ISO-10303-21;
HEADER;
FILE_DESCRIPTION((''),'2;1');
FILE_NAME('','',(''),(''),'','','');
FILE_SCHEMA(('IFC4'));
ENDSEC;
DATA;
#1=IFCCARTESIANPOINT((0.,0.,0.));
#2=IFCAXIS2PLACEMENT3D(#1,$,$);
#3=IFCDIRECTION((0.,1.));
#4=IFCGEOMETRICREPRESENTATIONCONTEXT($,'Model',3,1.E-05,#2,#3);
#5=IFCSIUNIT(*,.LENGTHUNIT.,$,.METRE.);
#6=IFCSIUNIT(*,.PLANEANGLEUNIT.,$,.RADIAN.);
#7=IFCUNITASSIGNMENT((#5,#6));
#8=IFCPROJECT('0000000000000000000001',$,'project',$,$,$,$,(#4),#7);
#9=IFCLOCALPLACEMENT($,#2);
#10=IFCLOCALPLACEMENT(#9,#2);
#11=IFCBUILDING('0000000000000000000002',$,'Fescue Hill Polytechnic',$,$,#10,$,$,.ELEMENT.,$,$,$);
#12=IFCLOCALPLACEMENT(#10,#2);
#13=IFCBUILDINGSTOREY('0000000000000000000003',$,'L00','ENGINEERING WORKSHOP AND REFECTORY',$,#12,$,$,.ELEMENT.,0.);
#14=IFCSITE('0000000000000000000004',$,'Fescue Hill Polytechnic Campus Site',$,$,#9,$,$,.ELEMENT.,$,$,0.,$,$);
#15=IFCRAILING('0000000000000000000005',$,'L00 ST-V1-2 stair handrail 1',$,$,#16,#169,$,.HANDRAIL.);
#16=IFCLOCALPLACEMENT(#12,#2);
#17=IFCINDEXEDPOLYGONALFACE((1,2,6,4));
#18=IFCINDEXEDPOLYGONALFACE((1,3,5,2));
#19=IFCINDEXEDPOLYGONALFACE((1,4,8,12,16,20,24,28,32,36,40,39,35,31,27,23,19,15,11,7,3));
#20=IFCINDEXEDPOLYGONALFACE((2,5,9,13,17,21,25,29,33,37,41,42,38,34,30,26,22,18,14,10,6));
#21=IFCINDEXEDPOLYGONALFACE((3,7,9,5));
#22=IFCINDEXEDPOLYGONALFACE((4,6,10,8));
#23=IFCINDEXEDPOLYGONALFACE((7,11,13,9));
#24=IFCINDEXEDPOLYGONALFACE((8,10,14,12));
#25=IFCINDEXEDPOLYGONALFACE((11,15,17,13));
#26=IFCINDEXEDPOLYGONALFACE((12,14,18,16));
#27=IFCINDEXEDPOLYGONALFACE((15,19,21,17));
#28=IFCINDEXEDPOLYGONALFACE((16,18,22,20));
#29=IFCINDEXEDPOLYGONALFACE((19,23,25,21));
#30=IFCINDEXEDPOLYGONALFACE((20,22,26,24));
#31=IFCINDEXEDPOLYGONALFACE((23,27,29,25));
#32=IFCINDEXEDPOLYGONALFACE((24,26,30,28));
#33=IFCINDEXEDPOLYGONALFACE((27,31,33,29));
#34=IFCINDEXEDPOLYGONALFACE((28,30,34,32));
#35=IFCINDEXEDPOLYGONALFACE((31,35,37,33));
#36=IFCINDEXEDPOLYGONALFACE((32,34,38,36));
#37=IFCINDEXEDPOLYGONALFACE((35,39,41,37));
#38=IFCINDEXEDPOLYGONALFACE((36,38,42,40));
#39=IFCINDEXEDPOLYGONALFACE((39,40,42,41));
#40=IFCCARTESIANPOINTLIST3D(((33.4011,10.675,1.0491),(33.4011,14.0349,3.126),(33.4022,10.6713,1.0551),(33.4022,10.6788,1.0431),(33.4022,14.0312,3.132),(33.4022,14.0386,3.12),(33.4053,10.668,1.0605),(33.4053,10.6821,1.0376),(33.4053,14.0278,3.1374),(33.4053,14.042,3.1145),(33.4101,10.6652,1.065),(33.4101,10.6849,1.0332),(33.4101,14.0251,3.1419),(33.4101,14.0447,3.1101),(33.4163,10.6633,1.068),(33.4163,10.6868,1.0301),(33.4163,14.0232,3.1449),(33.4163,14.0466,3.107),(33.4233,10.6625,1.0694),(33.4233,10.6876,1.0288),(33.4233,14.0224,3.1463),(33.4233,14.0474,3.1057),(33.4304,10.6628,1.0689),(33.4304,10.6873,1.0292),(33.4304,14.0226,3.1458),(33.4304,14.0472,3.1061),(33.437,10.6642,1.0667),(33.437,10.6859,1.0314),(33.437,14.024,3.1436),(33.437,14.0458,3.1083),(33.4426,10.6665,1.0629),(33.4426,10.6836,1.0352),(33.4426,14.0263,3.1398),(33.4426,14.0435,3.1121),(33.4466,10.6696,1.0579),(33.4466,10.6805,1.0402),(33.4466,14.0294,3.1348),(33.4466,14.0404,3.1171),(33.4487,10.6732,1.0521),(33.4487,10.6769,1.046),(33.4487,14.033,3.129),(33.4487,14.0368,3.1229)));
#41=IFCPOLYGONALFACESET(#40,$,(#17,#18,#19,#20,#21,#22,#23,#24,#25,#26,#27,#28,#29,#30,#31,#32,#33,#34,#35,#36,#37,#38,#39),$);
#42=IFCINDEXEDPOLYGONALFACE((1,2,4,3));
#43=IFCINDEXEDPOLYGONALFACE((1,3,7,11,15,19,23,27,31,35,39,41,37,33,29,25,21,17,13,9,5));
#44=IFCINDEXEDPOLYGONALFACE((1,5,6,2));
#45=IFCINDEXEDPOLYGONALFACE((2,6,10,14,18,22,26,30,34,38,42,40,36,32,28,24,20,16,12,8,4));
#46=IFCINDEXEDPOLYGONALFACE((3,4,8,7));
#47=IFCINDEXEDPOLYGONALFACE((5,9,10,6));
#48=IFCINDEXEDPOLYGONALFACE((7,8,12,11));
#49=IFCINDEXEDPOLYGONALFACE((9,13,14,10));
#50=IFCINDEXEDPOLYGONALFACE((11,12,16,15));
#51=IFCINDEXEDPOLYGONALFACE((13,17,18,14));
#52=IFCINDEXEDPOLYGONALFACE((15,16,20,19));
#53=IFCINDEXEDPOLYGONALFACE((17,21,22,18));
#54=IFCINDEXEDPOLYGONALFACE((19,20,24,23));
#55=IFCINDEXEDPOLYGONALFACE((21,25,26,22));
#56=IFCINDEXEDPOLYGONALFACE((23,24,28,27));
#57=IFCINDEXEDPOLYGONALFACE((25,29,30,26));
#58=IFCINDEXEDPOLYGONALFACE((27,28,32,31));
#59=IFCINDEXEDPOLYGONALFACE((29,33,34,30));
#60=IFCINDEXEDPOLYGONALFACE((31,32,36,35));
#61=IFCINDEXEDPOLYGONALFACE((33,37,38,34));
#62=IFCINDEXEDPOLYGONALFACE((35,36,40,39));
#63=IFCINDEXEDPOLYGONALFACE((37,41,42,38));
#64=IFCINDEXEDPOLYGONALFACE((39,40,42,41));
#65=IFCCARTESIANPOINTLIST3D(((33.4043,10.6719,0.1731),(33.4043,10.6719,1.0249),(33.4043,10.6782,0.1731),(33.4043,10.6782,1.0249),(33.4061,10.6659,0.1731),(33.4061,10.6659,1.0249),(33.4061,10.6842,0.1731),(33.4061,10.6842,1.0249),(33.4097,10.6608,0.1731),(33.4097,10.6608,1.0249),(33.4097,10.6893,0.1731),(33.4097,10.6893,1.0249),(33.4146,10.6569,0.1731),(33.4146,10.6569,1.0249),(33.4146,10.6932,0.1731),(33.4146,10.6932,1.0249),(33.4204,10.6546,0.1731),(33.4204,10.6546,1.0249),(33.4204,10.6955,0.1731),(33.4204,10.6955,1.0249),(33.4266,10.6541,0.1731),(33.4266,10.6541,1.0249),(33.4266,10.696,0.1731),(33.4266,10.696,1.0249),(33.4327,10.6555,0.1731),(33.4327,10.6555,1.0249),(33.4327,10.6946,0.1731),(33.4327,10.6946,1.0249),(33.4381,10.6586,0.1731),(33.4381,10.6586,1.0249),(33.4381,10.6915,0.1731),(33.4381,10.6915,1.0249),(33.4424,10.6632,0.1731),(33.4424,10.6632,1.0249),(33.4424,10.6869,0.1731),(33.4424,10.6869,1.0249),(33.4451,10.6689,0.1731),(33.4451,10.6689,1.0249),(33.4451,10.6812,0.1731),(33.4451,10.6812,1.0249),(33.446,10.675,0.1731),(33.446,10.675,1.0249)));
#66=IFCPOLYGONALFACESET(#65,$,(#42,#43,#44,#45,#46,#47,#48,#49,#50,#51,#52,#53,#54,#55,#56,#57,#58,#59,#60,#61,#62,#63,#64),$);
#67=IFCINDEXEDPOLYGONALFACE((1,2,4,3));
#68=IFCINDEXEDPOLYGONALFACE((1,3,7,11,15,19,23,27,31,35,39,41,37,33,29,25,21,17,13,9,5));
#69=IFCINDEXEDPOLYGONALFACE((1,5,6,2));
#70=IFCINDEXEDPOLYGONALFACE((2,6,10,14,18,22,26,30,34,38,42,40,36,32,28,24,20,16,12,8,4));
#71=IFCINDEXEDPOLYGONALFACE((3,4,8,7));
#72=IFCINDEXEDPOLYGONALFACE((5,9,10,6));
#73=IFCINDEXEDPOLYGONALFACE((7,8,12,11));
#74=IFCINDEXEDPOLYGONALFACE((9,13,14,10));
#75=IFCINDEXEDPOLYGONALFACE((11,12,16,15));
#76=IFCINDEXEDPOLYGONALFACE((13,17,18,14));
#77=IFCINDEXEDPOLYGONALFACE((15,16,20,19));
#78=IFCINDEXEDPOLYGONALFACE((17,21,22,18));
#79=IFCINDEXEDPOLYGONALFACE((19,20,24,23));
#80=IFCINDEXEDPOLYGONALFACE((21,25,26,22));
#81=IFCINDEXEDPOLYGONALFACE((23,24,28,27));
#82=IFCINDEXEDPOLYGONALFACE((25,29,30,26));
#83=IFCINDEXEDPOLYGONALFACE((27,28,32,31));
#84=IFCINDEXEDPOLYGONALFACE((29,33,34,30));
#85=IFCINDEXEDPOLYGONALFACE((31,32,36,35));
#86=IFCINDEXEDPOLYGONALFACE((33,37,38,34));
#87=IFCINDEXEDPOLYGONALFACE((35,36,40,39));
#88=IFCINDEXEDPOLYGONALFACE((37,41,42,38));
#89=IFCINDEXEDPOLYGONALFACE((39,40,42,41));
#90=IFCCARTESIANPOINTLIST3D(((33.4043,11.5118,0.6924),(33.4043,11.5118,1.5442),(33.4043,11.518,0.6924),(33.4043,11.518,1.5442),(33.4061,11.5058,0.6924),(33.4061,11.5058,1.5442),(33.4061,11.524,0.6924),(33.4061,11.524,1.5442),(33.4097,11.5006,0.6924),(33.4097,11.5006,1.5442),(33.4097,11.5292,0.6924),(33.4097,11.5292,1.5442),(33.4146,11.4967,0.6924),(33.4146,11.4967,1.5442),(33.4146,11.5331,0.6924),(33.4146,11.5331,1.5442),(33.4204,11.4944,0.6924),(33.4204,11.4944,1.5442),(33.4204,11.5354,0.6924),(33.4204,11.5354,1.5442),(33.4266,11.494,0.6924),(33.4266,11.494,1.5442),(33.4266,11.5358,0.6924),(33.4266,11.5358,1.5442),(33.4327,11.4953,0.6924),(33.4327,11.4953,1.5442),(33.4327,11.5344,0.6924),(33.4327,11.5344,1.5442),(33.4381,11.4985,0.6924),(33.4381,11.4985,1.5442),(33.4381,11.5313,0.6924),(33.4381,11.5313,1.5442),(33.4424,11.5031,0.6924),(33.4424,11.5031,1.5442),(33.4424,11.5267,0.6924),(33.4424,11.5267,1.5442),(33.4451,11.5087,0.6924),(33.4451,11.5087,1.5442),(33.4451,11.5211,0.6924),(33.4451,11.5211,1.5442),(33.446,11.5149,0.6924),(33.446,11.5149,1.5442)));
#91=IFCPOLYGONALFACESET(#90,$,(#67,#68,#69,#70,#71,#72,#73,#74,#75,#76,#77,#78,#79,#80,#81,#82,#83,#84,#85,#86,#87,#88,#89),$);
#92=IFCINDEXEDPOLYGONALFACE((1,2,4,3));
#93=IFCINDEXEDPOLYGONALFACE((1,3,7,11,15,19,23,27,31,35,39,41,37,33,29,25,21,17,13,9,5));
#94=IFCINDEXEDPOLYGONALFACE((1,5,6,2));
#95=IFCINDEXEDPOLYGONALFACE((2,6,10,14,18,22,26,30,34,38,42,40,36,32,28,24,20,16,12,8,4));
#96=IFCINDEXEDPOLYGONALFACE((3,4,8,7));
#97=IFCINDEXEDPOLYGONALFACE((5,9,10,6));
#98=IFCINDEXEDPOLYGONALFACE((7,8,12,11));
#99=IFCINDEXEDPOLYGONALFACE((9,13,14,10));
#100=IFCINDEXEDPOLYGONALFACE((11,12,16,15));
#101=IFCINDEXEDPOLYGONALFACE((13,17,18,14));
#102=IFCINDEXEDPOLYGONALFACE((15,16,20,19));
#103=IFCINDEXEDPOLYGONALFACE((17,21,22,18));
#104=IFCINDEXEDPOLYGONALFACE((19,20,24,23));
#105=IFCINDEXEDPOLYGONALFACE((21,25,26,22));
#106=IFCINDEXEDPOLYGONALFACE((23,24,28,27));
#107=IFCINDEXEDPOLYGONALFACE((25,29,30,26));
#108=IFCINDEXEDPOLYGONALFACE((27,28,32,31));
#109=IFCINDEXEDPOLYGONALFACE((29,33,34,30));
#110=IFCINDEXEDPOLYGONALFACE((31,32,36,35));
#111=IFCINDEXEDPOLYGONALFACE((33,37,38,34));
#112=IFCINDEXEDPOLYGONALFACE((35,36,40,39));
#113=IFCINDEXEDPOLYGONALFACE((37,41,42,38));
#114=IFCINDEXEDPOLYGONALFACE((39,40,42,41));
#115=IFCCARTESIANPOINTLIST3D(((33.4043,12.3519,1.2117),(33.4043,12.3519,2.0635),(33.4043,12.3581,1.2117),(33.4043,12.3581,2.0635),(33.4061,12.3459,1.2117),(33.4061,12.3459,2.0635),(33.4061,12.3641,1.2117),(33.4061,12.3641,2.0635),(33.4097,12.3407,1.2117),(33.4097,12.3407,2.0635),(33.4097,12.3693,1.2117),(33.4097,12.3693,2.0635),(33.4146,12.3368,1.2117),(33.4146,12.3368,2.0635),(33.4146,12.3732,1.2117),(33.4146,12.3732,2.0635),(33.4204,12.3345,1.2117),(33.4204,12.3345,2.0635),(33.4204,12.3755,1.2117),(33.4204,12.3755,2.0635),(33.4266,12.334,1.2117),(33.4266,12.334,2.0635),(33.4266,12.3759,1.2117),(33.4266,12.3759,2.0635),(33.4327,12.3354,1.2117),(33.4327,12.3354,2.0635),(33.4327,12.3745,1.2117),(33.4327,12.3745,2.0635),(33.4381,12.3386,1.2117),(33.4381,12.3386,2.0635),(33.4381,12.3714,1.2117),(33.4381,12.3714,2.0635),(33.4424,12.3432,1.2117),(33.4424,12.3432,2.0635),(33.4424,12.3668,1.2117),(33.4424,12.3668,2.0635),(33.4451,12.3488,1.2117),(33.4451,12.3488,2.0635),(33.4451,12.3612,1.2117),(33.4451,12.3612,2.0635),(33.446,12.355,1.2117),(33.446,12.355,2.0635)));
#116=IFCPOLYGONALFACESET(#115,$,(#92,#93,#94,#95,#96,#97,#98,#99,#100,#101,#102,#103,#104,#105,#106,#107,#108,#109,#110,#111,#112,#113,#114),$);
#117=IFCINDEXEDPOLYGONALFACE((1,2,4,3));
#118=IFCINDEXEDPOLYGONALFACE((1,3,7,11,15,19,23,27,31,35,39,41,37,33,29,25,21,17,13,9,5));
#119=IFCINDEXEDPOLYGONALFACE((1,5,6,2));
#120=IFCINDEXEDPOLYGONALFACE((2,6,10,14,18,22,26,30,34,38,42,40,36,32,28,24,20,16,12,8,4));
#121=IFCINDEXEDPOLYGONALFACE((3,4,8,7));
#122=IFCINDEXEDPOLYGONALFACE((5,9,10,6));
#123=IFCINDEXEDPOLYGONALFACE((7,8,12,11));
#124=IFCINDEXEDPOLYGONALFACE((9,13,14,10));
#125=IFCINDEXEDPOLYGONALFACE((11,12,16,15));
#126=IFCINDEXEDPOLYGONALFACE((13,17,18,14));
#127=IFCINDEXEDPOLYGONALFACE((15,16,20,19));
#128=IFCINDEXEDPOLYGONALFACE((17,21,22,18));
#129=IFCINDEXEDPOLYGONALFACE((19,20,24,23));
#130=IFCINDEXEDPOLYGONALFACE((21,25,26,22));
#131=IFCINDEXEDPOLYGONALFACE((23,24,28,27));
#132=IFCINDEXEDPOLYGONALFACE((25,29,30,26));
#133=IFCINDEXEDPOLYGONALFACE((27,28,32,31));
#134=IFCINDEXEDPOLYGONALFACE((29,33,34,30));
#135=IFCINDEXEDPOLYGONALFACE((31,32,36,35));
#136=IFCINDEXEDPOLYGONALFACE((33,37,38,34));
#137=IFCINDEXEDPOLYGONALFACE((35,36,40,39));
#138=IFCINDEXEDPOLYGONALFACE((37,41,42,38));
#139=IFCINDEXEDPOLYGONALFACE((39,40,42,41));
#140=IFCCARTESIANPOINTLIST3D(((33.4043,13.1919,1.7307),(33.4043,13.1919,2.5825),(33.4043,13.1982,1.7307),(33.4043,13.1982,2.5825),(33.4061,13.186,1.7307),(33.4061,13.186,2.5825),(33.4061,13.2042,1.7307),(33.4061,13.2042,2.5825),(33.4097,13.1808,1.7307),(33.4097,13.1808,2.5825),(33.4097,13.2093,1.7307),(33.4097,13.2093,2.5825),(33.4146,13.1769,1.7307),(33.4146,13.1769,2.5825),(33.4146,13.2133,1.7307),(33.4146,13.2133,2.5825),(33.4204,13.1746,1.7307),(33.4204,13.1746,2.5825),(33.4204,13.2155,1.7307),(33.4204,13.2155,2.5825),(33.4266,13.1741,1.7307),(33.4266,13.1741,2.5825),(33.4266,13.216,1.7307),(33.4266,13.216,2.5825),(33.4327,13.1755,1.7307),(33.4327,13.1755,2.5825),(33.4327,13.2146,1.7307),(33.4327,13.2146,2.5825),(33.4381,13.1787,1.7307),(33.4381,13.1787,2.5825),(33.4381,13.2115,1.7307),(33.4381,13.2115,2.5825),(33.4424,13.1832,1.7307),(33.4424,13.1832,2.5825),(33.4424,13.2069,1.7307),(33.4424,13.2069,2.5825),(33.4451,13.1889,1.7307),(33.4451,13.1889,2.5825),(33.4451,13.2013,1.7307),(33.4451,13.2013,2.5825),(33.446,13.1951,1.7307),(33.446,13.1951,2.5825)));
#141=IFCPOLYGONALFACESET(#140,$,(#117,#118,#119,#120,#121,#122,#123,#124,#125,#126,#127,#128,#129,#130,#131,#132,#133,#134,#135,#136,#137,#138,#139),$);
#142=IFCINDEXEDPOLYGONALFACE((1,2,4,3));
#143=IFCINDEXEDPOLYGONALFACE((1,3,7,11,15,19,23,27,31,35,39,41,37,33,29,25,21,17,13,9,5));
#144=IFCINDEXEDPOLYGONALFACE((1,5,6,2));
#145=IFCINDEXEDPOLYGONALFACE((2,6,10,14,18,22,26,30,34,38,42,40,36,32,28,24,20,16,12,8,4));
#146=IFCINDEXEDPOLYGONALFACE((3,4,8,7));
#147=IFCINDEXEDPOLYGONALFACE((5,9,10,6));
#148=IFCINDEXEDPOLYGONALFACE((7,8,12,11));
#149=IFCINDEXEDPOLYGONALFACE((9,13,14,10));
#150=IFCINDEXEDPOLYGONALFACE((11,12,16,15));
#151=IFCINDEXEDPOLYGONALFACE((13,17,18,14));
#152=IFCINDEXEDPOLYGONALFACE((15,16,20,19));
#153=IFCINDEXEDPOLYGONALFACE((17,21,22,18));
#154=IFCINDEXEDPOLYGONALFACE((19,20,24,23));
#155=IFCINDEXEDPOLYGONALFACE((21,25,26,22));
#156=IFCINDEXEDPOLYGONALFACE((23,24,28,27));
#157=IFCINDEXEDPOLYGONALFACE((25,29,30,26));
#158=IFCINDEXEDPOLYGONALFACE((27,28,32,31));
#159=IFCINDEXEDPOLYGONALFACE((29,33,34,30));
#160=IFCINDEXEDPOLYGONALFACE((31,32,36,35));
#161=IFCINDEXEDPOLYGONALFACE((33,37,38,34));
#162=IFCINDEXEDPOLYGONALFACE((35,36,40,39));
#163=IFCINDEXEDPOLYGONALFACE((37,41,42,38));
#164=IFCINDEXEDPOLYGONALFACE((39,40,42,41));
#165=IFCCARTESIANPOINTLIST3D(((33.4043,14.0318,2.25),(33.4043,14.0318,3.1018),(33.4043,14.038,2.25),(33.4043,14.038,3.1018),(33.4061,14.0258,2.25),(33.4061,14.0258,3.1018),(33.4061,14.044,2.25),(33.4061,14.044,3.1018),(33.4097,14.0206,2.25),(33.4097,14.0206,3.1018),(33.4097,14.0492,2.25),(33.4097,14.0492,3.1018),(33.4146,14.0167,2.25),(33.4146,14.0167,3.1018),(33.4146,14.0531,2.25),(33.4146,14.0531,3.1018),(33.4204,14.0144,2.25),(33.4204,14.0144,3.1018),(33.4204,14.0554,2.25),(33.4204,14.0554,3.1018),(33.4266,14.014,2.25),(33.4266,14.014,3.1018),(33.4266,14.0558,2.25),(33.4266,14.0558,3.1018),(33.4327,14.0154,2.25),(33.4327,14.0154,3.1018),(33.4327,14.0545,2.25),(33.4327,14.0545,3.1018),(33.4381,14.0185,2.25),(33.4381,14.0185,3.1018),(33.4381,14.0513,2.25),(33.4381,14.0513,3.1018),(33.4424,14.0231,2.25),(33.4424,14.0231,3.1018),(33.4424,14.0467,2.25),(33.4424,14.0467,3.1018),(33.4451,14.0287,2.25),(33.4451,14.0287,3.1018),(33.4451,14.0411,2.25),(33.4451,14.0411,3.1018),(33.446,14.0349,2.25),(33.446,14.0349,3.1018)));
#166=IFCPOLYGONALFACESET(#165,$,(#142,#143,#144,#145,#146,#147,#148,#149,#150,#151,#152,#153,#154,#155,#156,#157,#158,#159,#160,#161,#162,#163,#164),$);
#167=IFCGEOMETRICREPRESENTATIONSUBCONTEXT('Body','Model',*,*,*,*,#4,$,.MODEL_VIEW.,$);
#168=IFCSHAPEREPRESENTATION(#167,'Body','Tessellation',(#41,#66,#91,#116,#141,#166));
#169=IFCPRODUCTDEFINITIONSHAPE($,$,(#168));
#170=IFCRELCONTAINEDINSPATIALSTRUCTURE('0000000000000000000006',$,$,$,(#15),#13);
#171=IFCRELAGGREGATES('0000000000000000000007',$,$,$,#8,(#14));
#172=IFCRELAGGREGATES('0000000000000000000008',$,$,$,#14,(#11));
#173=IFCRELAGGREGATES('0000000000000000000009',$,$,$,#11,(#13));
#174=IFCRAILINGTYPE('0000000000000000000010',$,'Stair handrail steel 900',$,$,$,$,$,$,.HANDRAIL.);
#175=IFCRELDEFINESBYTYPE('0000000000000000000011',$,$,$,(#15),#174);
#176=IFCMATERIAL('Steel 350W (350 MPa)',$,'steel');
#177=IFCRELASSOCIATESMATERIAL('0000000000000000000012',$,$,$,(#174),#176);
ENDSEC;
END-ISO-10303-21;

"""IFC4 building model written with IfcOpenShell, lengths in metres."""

from ifc_helpers import new_model, si_unit, direction, frame, origin, origin_2d, place, context, subcontext, project, spatial, circle, extrude, material, type_object, element, save


model = new_model("IFC4")

# Units and contexts
model_context = context("Model", 3, precision=1e-05, world=origin(), true_north=direction((0.0, 1.0)))
body_context = subcontext(model_context, "Body", "Model", "MODEL_VIEW")
ifc_project = project(units=[si_unit("LENGTHUNIT", "METRE"), si_unit("PLANEANGLEUNIT", "RADIAN")], contexts=[model_context])

# Site, building, storey
site_placement = place(None, origin())
site = spatial("IfcSite", under=ifc_project, at=site_placement, Name="Fescue Hill Polytechnic Campus Site", CompositionType="ELEMENT", RefElevation=0.0)
building_placement = place(site_placement, origin())
building = spatial("IfcBuilding", under=site, at=building_placement, Name="Fescue Hill Polytechnic", CompositionType="ELEMENT")
storey_placement = place(building_placement, origin())
storey = spatial("IfcBuildingStorey", under=building, at=storey_placement, Name="L00", Description="ENGINEERING WORKSHOP AND REFECTORY", CompositionType="ELEMENT", Elevation=0.0)

# Railing
ifc_material_1 = material(Name="Steel 350W (350 MPa)", Category="steel")
railing_type_1 = type_object("IfcRailingType", Name="Stair handrail steel 900", PredefinedType="HANDRAIL", material=ifc_material_1)
railing_1_placement = place(storey_placement, frame((33.425, 10.675, 0.1731)))
element("IfcRailing", 1, at=railing_1_placement, inside=storey, type_object=railing_type_1, Name="L00 ST-V1-2 stair handrail 1", PredefinedType="HANDRAIL", context=body_context, shape_type="SweptSolid", body=[
    extrude(circle(Radius=0.0239, at=origin_2d()), frame((0.0, 0.0, 0.876), z_axis=(0.0, 0.850606, 0.525803), x_axis=(-1.0, 0.0, 0.0)), (0.0, 0.0, 1.0), 3.95),
    extrude(circle(Radius=0.021, at=origin_2d()), origin(), (0.0, 0.0, 1.0), 0.8518),
    extrude(circle(Radius=0.021, at=origin_2d()), frame((0.0, 0.8398, 0.5193)), (0.0, 0.0, 1.0), 0.8518),
    extrude(circle(Radius=0.021, at=origin_2d()), frame((0.0, 1.6799, 1.0386)), (0.0, 0.0, 1.0), 0.8518),
    extrude(circle(Radius=0.021, at=origin_2d()), frame((0.0, 2.52, 1.5576)), (0.0, 0.0, 1.0), 0.8518),
    extrude(circle(Radius=0.021, at=origin_2d()), frame((0.0, 3.3599, 2.0769)), (0.0, 0.0, 1.0), 0.8518),
])

save(model, "model.ifc")
